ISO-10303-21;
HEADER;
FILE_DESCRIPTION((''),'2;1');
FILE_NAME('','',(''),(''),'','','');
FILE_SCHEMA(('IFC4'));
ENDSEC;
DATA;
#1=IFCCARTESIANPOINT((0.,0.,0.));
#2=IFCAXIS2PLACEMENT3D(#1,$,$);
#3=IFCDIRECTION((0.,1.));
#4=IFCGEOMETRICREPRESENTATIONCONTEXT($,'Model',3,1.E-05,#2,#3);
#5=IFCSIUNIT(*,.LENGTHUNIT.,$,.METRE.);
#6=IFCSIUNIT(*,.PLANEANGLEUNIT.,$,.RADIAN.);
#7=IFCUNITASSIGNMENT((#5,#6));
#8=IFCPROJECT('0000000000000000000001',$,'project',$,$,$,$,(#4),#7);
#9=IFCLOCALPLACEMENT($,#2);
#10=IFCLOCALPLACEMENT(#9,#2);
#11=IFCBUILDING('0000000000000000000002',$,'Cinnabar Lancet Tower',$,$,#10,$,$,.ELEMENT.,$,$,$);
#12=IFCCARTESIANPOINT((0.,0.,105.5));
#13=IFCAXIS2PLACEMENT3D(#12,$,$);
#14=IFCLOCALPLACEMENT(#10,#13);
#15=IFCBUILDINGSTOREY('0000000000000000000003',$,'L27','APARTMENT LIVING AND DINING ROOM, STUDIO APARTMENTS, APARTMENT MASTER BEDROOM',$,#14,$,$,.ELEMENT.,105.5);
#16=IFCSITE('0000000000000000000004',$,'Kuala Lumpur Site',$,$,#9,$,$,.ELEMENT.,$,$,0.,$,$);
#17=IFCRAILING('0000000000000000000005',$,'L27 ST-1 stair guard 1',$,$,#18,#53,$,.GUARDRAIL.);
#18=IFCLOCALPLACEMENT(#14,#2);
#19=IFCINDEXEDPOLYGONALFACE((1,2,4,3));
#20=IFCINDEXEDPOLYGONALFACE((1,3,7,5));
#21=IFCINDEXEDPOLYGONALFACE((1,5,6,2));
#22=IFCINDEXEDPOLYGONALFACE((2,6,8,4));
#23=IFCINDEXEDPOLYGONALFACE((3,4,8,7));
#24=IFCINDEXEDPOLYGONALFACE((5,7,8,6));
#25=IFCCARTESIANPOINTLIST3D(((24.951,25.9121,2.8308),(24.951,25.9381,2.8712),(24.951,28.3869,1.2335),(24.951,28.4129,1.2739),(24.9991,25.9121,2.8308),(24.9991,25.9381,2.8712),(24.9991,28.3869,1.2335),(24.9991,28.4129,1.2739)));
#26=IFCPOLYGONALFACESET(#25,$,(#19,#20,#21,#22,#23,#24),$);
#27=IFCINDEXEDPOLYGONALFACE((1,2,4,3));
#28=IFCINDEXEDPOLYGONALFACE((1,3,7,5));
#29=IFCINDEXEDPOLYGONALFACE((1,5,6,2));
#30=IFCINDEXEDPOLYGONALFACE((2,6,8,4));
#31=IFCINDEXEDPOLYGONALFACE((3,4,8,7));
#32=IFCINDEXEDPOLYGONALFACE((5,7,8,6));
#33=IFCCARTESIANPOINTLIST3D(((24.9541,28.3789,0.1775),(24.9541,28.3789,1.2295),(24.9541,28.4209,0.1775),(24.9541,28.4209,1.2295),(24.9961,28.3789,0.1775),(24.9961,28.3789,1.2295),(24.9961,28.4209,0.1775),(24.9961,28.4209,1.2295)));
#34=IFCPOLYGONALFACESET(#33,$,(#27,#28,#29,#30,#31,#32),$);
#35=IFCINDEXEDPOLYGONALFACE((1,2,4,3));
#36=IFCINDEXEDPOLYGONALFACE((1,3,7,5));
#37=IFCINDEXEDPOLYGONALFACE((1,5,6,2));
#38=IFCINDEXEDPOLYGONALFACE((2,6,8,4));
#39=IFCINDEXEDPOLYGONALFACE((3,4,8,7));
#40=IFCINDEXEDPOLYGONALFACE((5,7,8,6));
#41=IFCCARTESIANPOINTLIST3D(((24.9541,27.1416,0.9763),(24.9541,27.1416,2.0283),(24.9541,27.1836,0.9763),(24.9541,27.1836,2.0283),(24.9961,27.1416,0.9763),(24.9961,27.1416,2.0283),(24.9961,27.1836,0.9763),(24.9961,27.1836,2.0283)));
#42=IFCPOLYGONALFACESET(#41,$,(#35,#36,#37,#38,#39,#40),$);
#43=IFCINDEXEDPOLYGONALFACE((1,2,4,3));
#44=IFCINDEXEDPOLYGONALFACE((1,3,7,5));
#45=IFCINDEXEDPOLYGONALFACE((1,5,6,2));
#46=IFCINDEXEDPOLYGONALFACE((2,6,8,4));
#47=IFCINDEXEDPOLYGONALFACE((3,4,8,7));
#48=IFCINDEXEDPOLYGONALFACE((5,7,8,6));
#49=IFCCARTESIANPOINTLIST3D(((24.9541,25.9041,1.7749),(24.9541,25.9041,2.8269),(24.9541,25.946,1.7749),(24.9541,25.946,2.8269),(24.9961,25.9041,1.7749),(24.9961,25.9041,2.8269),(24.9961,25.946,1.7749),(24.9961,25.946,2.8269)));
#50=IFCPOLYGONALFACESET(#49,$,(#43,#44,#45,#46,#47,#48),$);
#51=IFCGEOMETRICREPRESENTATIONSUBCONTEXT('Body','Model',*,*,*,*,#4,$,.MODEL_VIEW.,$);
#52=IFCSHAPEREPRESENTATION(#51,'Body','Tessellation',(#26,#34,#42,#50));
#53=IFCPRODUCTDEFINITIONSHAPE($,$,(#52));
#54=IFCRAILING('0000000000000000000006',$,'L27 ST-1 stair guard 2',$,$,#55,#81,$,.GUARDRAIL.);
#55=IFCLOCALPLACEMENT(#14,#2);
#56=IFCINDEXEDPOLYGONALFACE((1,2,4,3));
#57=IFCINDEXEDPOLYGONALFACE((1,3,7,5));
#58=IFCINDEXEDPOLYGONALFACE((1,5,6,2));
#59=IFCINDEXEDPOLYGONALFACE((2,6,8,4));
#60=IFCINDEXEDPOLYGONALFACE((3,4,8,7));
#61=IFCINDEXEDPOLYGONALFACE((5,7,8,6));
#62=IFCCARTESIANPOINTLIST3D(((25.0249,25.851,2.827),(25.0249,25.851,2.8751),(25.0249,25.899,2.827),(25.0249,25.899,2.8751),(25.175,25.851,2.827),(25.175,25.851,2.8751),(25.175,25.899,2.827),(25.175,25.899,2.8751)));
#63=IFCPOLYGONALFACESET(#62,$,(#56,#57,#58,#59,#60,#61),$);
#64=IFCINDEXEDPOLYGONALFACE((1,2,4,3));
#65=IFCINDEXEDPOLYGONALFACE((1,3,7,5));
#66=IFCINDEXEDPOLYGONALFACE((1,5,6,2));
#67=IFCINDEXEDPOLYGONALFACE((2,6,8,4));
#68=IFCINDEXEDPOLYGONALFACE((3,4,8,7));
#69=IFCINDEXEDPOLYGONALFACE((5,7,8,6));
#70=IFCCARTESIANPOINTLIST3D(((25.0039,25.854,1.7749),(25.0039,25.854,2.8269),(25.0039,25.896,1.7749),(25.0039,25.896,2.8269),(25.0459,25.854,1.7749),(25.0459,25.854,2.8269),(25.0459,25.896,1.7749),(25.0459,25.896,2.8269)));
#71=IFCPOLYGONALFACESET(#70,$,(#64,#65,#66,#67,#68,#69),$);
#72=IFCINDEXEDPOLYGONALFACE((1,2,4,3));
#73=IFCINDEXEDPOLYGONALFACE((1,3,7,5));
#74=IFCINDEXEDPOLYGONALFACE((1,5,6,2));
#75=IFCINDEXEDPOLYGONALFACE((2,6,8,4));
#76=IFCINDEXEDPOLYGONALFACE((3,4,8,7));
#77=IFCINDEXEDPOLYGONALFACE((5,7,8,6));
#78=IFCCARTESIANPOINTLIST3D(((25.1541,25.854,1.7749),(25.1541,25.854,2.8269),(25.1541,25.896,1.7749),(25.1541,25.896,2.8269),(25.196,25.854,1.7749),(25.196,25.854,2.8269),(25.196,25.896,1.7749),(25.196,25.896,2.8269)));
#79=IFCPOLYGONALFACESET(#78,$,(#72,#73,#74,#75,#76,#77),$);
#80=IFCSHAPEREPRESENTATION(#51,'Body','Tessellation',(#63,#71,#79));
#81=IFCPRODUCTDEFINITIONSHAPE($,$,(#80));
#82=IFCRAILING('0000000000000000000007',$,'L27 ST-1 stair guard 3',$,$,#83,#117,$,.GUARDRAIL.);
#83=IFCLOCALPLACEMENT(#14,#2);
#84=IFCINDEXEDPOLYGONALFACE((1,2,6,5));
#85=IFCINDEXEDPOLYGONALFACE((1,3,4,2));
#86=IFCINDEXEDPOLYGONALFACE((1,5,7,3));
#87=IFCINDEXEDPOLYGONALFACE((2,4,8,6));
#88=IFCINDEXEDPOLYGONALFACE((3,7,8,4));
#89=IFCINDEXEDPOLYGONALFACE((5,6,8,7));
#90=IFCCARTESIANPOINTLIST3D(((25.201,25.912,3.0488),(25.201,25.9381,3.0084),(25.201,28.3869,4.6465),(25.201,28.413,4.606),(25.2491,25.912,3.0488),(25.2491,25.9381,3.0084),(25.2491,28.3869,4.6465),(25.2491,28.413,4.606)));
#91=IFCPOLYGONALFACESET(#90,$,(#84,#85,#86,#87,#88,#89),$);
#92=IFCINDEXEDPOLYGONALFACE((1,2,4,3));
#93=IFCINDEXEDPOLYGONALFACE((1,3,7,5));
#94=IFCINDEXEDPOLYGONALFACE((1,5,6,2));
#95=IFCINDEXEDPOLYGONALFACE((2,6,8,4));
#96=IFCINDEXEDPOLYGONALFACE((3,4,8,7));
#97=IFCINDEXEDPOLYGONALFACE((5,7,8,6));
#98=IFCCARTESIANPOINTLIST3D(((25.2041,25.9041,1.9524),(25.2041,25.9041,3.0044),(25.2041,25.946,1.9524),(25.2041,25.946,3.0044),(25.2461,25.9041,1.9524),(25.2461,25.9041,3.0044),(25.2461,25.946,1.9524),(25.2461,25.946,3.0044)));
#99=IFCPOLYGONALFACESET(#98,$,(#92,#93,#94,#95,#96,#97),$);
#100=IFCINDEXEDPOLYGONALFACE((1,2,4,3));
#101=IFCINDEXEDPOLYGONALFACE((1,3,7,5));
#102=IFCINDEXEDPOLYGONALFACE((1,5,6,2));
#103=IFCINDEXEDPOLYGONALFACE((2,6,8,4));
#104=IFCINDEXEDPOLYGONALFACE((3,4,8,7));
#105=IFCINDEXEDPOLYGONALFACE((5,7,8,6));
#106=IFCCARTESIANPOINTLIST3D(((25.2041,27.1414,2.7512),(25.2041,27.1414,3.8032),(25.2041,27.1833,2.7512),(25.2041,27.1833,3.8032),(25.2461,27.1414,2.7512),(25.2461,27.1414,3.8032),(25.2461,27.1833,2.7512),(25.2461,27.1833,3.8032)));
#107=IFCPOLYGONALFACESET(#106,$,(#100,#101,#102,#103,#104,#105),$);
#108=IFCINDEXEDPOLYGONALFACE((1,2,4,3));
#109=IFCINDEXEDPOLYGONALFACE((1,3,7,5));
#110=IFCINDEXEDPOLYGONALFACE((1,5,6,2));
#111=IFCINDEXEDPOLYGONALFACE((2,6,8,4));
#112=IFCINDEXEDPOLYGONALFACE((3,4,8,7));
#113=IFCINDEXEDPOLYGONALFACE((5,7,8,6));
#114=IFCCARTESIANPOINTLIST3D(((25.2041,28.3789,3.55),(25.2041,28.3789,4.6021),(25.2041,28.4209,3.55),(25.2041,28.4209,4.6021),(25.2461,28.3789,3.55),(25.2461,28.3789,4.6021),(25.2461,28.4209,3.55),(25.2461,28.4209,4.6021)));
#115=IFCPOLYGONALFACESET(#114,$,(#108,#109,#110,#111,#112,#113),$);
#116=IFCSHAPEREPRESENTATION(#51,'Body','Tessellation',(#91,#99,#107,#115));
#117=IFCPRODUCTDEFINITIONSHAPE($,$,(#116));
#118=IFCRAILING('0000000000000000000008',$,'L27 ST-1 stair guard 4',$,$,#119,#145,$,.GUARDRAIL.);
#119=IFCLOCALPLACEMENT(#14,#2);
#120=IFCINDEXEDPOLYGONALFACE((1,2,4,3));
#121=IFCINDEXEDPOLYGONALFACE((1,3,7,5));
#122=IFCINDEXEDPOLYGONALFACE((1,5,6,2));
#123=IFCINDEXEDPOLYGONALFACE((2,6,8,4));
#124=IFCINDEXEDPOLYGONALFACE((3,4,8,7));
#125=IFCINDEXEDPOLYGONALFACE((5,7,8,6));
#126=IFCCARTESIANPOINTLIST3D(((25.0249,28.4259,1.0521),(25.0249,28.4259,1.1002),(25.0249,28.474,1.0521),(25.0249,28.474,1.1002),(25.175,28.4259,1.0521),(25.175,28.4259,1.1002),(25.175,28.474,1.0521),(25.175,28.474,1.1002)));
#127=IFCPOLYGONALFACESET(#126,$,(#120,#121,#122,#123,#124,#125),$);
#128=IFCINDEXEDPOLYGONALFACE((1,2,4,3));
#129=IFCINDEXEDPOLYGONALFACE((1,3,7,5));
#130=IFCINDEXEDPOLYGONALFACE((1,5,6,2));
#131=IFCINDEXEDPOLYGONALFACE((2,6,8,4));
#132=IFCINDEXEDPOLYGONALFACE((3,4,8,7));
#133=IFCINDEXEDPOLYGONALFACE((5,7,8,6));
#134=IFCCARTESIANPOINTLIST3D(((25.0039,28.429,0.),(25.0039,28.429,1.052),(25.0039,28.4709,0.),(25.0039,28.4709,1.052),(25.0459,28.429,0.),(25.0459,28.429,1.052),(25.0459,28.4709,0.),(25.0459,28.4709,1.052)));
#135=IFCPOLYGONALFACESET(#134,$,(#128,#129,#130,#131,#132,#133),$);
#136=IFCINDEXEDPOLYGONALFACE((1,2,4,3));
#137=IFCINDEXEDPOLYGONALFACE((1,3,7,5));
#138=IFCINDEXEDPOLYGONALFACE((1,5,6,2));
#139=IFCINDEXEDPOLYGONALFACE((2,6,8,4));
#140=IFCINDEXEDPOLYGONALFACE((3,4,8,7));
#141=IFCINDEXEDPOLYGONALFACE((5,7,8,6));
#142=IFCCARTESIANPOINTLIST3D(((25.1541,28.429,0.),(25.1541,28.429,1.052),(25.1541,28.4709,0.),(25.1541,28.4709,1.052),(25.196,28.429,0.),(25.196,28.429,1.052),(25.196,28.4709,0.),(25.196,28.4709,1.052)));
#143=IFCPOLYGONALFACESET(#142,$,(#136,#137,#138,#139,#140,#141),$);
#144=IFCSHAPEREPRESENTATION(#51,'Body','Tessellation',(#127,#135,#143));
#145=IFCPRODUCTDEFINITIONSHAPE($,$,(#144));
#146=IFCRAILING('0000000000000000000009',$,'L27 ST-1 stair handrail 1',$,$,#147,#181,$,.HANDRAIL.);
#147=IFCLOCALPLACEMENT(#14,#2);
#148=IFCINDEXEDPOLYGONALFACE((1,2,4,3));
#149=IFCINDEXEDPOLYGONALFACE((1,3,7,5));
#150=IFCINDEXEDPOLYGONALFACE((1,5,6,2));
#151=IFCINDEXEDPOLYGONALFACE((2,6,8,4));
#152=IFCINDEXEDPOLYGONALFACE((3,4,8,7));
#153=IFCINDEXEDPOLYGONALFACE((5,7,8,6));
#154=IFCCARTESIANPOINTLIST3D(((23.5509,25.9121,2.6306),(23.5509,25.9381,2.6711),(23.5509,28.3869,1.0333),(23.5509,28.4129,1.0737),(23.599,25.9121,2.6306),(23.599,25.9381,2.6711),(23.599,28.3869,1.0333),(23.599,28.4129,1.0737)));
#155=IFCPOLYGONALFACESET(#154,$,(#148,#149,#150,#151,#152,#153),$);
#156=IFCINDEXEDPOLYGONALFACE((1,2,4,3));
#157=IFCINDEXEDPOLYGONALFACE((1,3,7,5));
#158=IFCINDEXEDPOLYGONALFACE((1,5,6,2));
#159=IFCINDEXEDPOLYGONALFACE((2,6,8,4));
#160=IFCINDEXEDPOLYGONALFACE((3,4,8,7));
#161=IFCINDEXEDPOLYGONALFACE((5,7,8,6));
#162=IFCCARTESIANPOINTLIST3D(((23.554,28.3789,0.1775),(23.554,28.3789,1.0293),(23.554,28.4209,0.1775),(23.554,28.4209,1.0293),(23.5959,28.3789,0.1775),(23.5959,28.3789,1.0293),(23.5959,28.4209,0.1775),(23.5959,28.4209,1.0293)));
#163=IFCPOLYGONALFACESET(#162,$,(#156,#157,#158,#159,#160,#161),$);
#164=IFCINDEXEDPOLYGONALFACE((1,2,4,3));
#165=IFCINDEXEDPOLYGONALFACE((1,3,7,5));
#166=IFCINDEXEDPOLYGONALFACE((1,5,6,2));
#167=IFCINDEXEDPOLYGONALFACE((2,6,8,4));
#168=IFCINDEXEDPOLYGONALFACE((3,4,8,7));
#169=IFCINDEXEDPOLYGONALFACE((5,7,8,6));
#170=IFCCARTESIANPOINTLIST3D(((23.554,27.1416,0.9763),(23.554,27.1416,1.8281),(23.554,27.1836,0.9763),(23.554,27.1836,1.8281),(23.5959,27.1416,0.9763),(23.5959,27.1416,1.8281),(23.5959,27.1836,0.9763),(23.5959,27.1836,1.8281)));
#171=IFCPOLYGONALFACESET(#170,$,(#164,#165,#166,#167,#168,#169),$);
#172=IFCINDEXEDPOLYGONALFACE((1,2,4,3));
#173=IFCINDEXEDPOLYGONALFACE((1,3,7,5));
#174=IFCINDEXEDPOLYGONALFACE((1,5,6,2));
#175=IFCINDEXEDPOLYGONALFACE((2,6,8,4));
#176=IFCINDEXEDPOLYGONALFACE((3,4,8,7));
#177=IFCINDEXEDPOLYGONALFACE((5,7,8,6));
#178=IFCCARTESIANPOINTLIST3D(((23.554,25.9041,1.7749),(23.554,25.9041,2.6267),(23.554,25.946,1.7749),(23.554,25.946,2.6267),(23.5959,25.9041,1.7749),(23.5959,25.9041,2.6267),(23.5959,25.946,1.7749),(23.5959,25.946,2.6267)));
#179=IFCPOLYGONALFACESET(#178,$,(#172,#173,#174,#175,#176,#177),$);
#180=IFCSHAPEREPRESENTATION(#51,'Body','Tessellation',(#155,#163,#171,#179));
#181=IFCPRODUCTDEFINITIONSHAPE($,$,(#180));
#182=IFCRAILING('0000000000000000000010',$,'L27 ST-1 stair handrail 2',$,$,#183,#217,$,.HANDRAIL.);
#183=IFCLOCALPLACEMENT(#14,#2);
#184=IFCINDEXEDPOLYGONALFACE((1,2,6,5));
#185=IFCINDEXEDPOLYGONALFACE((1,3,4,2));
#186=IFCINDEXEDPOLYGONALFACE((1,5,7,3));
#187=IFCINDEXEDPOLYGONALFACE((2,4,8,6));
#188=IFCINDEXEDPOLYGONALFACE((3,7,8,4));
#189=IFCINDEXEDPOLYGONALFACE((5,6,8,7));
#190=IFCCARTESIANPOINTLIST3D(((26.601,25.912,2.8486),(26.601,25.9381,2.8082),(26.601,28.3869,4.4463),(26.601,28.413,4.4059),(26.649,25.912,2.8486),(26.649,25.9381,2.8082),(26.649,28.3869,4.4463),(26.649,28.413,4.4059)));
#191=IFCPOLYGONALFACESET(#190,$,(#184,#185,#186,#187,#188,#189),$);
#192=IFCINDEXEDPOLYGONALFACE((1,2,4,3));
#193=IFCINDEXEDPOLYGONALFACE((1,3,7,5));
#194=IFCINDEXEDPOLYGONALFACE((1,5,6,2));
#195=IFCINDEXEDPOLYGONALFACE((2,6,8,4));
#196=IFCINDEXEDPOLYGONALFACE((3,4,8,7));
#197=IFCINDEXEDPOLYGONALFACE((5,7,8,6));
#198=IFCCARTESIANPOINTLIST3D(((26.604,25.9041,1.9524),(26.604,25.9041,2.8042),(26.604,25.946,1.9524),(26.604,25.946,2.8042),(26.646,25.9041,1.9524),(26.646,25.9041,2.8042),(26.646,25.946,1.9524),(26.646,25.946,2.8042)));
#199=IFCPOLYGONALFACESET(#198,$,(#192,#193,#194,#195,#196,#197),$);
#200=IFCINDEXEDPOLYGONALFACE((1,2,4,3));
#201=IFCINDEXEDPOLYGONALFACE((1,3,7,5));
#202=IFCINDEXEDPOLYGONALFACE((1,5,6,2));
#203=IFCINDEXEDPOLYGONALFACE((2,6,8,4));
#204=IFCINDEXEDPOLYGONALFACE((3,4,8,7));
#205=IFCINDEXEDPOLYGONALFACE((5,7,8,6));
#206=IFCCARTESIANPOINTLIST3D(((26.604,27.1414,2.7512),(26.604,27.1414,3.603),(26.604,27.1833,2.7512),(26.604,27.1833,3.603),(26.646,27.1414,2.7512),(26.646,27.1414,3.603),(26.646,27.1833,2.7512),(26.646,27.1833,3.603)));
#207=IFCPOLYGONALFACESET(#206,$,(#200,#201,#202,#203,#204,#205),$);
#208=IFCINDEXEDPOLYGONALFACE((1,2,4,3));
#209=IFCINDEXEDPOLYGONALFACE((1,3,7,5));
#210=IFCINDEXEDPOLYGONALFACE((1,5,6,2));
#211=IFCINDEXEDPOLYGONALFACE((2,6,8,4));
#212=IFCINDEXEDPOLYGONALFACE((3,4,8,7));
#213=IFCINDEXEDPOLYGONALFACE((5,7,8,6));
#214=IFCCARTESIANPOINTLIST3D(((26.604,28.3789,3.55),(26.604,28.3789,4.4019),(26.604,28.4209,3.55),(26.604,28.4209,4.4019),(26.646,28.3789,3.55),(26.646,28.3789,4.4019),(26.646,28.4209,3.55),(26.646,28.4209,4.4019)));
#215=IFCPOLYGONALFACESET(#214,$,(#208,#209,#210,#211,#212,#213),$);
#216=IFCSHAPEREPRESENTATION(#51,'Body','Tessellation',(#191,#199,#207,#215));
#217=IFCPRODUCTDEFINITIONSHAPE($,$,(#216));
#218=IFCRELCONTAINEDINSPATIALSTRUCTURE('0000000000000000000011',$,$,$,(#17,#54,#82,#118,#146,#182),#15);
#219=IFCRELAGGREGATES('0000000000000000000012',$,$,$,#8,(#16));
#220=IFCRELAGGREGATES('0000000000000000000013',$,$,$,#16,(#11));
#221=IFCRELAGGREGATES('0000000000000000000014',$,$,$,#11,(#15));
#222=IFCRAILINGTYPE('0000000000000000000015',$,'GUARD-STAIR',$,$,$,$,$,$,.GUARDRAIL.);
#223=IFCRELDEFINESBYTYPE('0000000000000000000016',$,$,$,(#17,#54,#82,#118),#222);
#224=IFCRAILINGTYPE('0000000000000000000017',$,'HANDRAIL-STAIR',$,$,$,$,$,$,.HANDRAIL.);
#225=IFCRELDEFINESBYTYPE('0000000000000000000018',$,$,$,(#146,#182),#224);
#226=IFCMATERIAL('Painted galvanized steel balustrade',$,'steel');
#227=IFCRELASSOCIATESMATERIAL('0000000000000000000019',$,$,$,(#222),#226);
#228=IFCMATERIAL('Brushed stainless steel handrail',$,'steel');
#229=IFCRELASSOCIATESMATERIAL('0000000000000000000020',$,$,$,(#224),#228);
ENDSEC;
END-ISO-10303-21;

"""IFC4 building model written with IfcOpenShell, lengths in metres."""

from ifc_helpers import new_model, si_unit, direction, frame, origin, origin_2d, place, context, subcontext, project, spatial, rectangle, extrude, material, type_object, element, save


model = new_model("IFC4")

# Units and contexts
model_context = context("Model", 3, precision=1e-05, world=origin(), true_north=direction((0.0, 1.0)))
body_context = subcontext(model_context, "Body", "Model", "MODEL_VIEW")
ifc_project = project(units=[si_unit("LENGTHUNIT", "METRE"), si_unit("PLANEANGLEUNIT", "RADIAN")], contexts=[model_context])

# Site, building, storey
site_placement = place(None, origin())
site = spatial("IfcSite", under=ifc_project, at=site_placement, Name="Kuala Lumpur Site", CompositionType="ELEMENT", RefElevation=0.0)
building_placement = place(site_placement, origin())
building = spatial("IfcBuilding", under=site, at=building_placement, Name="Cinnabar Lancet Tower", CompositionType="ELEMENT")
storey_placement = place(building_placement, frame((0.0, 0.0, 105.5)))
storey = spatial("IfcBuildingStorey", under=building, at=storey_placement, Name="L27", Description="APARTMENT LIVING AND DINING ROOM, STUDIO APARTMENTS, APARTMENT MASTER BEDROOM", CompositionType="ELEMENT", Elevation=105.5)

# Railings
ifc_material_1 = material(Name="Painted galvanized steel balustrade", Category="steel")
railing_type_1 = type_object("IfcRailingType", Name="GUARD-STAIR", PredefinedType="GUARDRAIL", material=ifc_material_1)
railing_1_placement = place(storey_placement, frame((24.9751, 28.3999, 0.1775)))
element("IfcRailing", 1, at=railing_1_placement, inside=storey, type_object=railing_type_1, Name="L27 ST-1 stair guard 1", PredefinedType="GUARDRAIL", context=body_context, shape_type="SweptSolid", body=[
    extrude(rectangle(XDim=0.0481, YDim=0.0481, at=origin_2d()), frame((0.0, 0.0, 1.0762), z_axis=(0.0, -0.840183, 0.542302), x_axis=(1.0, 0.0, 0.0)), (0.0, 0.0, 1.0), 2.9456),
    extrude(rectangle(XDim=0.042, YDim=0.042, at=origin_2d()), origin(), (0.0, 0.0, 1.0), 1.052),
    extrude(rectangle(XDim=0.042, YDim=0.042, at=origin_2d()), frame((0.0, -1.2373, 0.7988)), (0.0, 0.0, 1.0), 1.052),
    extrude(rectangle(XDim=0.042, YDim=0.042, at=origin_2d()), frame((0.0, -2.4749, 1.5974)), (0.0, 0.0, 1.0), 1.052),
])
railing_2_placement = place(storey_placement, frame((25.0249, 25.875, 1.7749)))
element("IfcRailing", 2, at=railing_2_placement, inside=storey, type_object=railing_type_1, Name="L27 ST-1 stair guard 2", PredefinedType="GUARDRAIL", context=body_context, shape_type="SweptSolid", body=[
    extrude(rectangle(XDim=0.0481, YDim=0.0481, at=origin_2d()), frame((0.0, 0.0, 1.0762), z_axis=(1.0, 0.0, 0.0), x_axis=(0.0, 1.0, 0.0)), (0.0, 0.0, 1.0), 0.1501),
    extrude(rectangle(XDim=0.042, YDim=0.042, at=origin_2d()), origin(), (0.0, 0.0, 1.0), 1.052),
    extrude(rectangle(XDim=0.042, YDim=0.042, at=origin_2d()), frame((0.1501, 0.0, 0.0)), (0.0, 0.0, 1.0), 1.052),
])
railing_3_placement = place(storey_placement, frame((25.2251, 25.925, 1.9524)))
element("IfcRailing", 3, at=railing_3_placement, inside=storey, type_object=railing_type_1, Name="L27 ST-1 stair guard 3", PredefinedType="GUARDRAIL", context=body_context, shape_type="SweptSolid", body=[
    extrude(rectangle(XDim=0.0481, YDim=0.0481, at=origin_2d()), frame((0.0, 0.0, 1.0762), z_axis=(0.0, 0.840146, 0.542361), x_axis=(-1.0, 0.0, 0.0)), (0.0, 0.0, 1.0), 2.9458),
    extrude(rectangle(XDim=0.042, YDim=0.042, at=origin_2d()), origin(), (0.0, 0.0, 1.0), 1.052),
    extrude(rectangle(XDim=0.042, YDim=0.042, at=origin_2d()), frame((0.0, 1.2373, 0.7988)), (0.0, 0.0, 1.0), 1.052),
    extrude(rectangle(XDim=0.042, YDim=0.042, at=origin_2d()), frame((0.0, 2.4749, 1.5977)), (0.0, 0.0, 1.0), 1.052),
])
railing_4_placement = place(storey_placement, frame((25.0249, 28.45, 0.0)))
element("IfcRailing", 4, at=railing_4_placement, inside=storey, type_object=railing_type_1, Name="L27 ST-1 stair guard 4", PredefinedType="GUARDRAIL", context=body_context, shape_type="SweptSolid", body=[
    extrude(rectangle(XDim=0.0481, YDim=0.0481, at=origin_2d()), frame((0.0, 0.0, 1.0762), z_axis=(1.0, 0.0, 0.0), x_axis=(0.0, 1.0, 0.0)), (0.0, 0.0, 1.0), 0.1501),
    extrude(rectangle(XDim=0.042, YDim=0.042, at=origin_2d()), origin(), (0.0, 0.0, 1.0), 1.052),
    extrude(rectangle(XDim=0.042, YDim=0.042, at=origin_2d()), frame((0.1501, 0.0, 0.0)), (0.0, 0.0, 1.0), 1.052),
])
ifc_material_2 = material(Name="Brushed stainless steel handrail", Category="steel")
railing_type_2 = type_object("IfcRailingType", Name="HANDRAIL-STAIR", PredefinedType="HANDRAIL", material=ifc_material_2)
railing_5_placement = place(storey_placement, frame((23.575, 28.3999, 0.1775)))
element("IfcRailing", 5, at=railing_5_placement, inside=storey, type_object=railing_type_2, Name="L27 ST-1 stair handrail 1", PredefinedType="HANDRAIL", context=body_context, shape_type="SweptSolid", body=[
    extrude(rectangle(XDim=0.0481, YDim=0.0481, at=origin_2d()), frame((0.0, 0.0, 0.876), z_axis=(0.0, -0.840183, 0.542302), x_axis=(1.0, 0.0, 0.0)), (0.0, 0.0, 1.0), 2.9456),
    extrude(rectangle(XDim=0.042, YDim=0.042, at=origin_2d()), origin(), (0.0, 0.0, 1.0), 0.8518),
    extrude(rectangle(XDim=0.042, YDim=0.042, at=origin_2d()), frame((0.0, -1.2373, 0.7988)), (0.0, 0.0, 1.0), 0.8518),
    extrude(rectangle(XDim=0.042, YDim=0.042, at=origin_2d()), frame((0.0, -2.4749, 1.5974)), (0.0, 0.0, 1.0), 0.8518),
])
railing_6_placement = place(storey_placement, frame((26.625, 25.925, 1.9524)))
element("IfcRailing", 6, at=railing_6_placement, inside=storey, type_object=railing_type_2, Name="L27 ST-1 stair handrail 2", PredefinedType="HANDRAIL", context=body_context, shape_type="SweptSolid", body=[
    extrude(rectangle(XDim=0.0481, YDim=0.0481, at=origin_2d()), frame((0.0, 0.0, 0.876), z_axis=(0.0, 0.840146, 0.542361), x_axis=(-1.0, 0.0, 0.0)), (0.0, 0.0, 1.0), 2.9458),
    extrude(rectangle(XDim=0.042, YDim=0.042, at=origin_2d()), origin(), (0.0, 0.0, 1.0), 0.8518),
    extrude(rectangle(XDim=0.042, YDim=0.042, at=origin_2d()), frame((0.0, 1.2373, 0.7988)), (0.0, 0.0, 1.0), 0.8518),
    extrude(rectangle(XDim=0.042, YDim=0.042, at=origin_2d()), frame((0.0, 2.4749, 1.5977)), (0.0, 0.0, 1.0), 0.8518),
])

save(model, "model.ifc")
